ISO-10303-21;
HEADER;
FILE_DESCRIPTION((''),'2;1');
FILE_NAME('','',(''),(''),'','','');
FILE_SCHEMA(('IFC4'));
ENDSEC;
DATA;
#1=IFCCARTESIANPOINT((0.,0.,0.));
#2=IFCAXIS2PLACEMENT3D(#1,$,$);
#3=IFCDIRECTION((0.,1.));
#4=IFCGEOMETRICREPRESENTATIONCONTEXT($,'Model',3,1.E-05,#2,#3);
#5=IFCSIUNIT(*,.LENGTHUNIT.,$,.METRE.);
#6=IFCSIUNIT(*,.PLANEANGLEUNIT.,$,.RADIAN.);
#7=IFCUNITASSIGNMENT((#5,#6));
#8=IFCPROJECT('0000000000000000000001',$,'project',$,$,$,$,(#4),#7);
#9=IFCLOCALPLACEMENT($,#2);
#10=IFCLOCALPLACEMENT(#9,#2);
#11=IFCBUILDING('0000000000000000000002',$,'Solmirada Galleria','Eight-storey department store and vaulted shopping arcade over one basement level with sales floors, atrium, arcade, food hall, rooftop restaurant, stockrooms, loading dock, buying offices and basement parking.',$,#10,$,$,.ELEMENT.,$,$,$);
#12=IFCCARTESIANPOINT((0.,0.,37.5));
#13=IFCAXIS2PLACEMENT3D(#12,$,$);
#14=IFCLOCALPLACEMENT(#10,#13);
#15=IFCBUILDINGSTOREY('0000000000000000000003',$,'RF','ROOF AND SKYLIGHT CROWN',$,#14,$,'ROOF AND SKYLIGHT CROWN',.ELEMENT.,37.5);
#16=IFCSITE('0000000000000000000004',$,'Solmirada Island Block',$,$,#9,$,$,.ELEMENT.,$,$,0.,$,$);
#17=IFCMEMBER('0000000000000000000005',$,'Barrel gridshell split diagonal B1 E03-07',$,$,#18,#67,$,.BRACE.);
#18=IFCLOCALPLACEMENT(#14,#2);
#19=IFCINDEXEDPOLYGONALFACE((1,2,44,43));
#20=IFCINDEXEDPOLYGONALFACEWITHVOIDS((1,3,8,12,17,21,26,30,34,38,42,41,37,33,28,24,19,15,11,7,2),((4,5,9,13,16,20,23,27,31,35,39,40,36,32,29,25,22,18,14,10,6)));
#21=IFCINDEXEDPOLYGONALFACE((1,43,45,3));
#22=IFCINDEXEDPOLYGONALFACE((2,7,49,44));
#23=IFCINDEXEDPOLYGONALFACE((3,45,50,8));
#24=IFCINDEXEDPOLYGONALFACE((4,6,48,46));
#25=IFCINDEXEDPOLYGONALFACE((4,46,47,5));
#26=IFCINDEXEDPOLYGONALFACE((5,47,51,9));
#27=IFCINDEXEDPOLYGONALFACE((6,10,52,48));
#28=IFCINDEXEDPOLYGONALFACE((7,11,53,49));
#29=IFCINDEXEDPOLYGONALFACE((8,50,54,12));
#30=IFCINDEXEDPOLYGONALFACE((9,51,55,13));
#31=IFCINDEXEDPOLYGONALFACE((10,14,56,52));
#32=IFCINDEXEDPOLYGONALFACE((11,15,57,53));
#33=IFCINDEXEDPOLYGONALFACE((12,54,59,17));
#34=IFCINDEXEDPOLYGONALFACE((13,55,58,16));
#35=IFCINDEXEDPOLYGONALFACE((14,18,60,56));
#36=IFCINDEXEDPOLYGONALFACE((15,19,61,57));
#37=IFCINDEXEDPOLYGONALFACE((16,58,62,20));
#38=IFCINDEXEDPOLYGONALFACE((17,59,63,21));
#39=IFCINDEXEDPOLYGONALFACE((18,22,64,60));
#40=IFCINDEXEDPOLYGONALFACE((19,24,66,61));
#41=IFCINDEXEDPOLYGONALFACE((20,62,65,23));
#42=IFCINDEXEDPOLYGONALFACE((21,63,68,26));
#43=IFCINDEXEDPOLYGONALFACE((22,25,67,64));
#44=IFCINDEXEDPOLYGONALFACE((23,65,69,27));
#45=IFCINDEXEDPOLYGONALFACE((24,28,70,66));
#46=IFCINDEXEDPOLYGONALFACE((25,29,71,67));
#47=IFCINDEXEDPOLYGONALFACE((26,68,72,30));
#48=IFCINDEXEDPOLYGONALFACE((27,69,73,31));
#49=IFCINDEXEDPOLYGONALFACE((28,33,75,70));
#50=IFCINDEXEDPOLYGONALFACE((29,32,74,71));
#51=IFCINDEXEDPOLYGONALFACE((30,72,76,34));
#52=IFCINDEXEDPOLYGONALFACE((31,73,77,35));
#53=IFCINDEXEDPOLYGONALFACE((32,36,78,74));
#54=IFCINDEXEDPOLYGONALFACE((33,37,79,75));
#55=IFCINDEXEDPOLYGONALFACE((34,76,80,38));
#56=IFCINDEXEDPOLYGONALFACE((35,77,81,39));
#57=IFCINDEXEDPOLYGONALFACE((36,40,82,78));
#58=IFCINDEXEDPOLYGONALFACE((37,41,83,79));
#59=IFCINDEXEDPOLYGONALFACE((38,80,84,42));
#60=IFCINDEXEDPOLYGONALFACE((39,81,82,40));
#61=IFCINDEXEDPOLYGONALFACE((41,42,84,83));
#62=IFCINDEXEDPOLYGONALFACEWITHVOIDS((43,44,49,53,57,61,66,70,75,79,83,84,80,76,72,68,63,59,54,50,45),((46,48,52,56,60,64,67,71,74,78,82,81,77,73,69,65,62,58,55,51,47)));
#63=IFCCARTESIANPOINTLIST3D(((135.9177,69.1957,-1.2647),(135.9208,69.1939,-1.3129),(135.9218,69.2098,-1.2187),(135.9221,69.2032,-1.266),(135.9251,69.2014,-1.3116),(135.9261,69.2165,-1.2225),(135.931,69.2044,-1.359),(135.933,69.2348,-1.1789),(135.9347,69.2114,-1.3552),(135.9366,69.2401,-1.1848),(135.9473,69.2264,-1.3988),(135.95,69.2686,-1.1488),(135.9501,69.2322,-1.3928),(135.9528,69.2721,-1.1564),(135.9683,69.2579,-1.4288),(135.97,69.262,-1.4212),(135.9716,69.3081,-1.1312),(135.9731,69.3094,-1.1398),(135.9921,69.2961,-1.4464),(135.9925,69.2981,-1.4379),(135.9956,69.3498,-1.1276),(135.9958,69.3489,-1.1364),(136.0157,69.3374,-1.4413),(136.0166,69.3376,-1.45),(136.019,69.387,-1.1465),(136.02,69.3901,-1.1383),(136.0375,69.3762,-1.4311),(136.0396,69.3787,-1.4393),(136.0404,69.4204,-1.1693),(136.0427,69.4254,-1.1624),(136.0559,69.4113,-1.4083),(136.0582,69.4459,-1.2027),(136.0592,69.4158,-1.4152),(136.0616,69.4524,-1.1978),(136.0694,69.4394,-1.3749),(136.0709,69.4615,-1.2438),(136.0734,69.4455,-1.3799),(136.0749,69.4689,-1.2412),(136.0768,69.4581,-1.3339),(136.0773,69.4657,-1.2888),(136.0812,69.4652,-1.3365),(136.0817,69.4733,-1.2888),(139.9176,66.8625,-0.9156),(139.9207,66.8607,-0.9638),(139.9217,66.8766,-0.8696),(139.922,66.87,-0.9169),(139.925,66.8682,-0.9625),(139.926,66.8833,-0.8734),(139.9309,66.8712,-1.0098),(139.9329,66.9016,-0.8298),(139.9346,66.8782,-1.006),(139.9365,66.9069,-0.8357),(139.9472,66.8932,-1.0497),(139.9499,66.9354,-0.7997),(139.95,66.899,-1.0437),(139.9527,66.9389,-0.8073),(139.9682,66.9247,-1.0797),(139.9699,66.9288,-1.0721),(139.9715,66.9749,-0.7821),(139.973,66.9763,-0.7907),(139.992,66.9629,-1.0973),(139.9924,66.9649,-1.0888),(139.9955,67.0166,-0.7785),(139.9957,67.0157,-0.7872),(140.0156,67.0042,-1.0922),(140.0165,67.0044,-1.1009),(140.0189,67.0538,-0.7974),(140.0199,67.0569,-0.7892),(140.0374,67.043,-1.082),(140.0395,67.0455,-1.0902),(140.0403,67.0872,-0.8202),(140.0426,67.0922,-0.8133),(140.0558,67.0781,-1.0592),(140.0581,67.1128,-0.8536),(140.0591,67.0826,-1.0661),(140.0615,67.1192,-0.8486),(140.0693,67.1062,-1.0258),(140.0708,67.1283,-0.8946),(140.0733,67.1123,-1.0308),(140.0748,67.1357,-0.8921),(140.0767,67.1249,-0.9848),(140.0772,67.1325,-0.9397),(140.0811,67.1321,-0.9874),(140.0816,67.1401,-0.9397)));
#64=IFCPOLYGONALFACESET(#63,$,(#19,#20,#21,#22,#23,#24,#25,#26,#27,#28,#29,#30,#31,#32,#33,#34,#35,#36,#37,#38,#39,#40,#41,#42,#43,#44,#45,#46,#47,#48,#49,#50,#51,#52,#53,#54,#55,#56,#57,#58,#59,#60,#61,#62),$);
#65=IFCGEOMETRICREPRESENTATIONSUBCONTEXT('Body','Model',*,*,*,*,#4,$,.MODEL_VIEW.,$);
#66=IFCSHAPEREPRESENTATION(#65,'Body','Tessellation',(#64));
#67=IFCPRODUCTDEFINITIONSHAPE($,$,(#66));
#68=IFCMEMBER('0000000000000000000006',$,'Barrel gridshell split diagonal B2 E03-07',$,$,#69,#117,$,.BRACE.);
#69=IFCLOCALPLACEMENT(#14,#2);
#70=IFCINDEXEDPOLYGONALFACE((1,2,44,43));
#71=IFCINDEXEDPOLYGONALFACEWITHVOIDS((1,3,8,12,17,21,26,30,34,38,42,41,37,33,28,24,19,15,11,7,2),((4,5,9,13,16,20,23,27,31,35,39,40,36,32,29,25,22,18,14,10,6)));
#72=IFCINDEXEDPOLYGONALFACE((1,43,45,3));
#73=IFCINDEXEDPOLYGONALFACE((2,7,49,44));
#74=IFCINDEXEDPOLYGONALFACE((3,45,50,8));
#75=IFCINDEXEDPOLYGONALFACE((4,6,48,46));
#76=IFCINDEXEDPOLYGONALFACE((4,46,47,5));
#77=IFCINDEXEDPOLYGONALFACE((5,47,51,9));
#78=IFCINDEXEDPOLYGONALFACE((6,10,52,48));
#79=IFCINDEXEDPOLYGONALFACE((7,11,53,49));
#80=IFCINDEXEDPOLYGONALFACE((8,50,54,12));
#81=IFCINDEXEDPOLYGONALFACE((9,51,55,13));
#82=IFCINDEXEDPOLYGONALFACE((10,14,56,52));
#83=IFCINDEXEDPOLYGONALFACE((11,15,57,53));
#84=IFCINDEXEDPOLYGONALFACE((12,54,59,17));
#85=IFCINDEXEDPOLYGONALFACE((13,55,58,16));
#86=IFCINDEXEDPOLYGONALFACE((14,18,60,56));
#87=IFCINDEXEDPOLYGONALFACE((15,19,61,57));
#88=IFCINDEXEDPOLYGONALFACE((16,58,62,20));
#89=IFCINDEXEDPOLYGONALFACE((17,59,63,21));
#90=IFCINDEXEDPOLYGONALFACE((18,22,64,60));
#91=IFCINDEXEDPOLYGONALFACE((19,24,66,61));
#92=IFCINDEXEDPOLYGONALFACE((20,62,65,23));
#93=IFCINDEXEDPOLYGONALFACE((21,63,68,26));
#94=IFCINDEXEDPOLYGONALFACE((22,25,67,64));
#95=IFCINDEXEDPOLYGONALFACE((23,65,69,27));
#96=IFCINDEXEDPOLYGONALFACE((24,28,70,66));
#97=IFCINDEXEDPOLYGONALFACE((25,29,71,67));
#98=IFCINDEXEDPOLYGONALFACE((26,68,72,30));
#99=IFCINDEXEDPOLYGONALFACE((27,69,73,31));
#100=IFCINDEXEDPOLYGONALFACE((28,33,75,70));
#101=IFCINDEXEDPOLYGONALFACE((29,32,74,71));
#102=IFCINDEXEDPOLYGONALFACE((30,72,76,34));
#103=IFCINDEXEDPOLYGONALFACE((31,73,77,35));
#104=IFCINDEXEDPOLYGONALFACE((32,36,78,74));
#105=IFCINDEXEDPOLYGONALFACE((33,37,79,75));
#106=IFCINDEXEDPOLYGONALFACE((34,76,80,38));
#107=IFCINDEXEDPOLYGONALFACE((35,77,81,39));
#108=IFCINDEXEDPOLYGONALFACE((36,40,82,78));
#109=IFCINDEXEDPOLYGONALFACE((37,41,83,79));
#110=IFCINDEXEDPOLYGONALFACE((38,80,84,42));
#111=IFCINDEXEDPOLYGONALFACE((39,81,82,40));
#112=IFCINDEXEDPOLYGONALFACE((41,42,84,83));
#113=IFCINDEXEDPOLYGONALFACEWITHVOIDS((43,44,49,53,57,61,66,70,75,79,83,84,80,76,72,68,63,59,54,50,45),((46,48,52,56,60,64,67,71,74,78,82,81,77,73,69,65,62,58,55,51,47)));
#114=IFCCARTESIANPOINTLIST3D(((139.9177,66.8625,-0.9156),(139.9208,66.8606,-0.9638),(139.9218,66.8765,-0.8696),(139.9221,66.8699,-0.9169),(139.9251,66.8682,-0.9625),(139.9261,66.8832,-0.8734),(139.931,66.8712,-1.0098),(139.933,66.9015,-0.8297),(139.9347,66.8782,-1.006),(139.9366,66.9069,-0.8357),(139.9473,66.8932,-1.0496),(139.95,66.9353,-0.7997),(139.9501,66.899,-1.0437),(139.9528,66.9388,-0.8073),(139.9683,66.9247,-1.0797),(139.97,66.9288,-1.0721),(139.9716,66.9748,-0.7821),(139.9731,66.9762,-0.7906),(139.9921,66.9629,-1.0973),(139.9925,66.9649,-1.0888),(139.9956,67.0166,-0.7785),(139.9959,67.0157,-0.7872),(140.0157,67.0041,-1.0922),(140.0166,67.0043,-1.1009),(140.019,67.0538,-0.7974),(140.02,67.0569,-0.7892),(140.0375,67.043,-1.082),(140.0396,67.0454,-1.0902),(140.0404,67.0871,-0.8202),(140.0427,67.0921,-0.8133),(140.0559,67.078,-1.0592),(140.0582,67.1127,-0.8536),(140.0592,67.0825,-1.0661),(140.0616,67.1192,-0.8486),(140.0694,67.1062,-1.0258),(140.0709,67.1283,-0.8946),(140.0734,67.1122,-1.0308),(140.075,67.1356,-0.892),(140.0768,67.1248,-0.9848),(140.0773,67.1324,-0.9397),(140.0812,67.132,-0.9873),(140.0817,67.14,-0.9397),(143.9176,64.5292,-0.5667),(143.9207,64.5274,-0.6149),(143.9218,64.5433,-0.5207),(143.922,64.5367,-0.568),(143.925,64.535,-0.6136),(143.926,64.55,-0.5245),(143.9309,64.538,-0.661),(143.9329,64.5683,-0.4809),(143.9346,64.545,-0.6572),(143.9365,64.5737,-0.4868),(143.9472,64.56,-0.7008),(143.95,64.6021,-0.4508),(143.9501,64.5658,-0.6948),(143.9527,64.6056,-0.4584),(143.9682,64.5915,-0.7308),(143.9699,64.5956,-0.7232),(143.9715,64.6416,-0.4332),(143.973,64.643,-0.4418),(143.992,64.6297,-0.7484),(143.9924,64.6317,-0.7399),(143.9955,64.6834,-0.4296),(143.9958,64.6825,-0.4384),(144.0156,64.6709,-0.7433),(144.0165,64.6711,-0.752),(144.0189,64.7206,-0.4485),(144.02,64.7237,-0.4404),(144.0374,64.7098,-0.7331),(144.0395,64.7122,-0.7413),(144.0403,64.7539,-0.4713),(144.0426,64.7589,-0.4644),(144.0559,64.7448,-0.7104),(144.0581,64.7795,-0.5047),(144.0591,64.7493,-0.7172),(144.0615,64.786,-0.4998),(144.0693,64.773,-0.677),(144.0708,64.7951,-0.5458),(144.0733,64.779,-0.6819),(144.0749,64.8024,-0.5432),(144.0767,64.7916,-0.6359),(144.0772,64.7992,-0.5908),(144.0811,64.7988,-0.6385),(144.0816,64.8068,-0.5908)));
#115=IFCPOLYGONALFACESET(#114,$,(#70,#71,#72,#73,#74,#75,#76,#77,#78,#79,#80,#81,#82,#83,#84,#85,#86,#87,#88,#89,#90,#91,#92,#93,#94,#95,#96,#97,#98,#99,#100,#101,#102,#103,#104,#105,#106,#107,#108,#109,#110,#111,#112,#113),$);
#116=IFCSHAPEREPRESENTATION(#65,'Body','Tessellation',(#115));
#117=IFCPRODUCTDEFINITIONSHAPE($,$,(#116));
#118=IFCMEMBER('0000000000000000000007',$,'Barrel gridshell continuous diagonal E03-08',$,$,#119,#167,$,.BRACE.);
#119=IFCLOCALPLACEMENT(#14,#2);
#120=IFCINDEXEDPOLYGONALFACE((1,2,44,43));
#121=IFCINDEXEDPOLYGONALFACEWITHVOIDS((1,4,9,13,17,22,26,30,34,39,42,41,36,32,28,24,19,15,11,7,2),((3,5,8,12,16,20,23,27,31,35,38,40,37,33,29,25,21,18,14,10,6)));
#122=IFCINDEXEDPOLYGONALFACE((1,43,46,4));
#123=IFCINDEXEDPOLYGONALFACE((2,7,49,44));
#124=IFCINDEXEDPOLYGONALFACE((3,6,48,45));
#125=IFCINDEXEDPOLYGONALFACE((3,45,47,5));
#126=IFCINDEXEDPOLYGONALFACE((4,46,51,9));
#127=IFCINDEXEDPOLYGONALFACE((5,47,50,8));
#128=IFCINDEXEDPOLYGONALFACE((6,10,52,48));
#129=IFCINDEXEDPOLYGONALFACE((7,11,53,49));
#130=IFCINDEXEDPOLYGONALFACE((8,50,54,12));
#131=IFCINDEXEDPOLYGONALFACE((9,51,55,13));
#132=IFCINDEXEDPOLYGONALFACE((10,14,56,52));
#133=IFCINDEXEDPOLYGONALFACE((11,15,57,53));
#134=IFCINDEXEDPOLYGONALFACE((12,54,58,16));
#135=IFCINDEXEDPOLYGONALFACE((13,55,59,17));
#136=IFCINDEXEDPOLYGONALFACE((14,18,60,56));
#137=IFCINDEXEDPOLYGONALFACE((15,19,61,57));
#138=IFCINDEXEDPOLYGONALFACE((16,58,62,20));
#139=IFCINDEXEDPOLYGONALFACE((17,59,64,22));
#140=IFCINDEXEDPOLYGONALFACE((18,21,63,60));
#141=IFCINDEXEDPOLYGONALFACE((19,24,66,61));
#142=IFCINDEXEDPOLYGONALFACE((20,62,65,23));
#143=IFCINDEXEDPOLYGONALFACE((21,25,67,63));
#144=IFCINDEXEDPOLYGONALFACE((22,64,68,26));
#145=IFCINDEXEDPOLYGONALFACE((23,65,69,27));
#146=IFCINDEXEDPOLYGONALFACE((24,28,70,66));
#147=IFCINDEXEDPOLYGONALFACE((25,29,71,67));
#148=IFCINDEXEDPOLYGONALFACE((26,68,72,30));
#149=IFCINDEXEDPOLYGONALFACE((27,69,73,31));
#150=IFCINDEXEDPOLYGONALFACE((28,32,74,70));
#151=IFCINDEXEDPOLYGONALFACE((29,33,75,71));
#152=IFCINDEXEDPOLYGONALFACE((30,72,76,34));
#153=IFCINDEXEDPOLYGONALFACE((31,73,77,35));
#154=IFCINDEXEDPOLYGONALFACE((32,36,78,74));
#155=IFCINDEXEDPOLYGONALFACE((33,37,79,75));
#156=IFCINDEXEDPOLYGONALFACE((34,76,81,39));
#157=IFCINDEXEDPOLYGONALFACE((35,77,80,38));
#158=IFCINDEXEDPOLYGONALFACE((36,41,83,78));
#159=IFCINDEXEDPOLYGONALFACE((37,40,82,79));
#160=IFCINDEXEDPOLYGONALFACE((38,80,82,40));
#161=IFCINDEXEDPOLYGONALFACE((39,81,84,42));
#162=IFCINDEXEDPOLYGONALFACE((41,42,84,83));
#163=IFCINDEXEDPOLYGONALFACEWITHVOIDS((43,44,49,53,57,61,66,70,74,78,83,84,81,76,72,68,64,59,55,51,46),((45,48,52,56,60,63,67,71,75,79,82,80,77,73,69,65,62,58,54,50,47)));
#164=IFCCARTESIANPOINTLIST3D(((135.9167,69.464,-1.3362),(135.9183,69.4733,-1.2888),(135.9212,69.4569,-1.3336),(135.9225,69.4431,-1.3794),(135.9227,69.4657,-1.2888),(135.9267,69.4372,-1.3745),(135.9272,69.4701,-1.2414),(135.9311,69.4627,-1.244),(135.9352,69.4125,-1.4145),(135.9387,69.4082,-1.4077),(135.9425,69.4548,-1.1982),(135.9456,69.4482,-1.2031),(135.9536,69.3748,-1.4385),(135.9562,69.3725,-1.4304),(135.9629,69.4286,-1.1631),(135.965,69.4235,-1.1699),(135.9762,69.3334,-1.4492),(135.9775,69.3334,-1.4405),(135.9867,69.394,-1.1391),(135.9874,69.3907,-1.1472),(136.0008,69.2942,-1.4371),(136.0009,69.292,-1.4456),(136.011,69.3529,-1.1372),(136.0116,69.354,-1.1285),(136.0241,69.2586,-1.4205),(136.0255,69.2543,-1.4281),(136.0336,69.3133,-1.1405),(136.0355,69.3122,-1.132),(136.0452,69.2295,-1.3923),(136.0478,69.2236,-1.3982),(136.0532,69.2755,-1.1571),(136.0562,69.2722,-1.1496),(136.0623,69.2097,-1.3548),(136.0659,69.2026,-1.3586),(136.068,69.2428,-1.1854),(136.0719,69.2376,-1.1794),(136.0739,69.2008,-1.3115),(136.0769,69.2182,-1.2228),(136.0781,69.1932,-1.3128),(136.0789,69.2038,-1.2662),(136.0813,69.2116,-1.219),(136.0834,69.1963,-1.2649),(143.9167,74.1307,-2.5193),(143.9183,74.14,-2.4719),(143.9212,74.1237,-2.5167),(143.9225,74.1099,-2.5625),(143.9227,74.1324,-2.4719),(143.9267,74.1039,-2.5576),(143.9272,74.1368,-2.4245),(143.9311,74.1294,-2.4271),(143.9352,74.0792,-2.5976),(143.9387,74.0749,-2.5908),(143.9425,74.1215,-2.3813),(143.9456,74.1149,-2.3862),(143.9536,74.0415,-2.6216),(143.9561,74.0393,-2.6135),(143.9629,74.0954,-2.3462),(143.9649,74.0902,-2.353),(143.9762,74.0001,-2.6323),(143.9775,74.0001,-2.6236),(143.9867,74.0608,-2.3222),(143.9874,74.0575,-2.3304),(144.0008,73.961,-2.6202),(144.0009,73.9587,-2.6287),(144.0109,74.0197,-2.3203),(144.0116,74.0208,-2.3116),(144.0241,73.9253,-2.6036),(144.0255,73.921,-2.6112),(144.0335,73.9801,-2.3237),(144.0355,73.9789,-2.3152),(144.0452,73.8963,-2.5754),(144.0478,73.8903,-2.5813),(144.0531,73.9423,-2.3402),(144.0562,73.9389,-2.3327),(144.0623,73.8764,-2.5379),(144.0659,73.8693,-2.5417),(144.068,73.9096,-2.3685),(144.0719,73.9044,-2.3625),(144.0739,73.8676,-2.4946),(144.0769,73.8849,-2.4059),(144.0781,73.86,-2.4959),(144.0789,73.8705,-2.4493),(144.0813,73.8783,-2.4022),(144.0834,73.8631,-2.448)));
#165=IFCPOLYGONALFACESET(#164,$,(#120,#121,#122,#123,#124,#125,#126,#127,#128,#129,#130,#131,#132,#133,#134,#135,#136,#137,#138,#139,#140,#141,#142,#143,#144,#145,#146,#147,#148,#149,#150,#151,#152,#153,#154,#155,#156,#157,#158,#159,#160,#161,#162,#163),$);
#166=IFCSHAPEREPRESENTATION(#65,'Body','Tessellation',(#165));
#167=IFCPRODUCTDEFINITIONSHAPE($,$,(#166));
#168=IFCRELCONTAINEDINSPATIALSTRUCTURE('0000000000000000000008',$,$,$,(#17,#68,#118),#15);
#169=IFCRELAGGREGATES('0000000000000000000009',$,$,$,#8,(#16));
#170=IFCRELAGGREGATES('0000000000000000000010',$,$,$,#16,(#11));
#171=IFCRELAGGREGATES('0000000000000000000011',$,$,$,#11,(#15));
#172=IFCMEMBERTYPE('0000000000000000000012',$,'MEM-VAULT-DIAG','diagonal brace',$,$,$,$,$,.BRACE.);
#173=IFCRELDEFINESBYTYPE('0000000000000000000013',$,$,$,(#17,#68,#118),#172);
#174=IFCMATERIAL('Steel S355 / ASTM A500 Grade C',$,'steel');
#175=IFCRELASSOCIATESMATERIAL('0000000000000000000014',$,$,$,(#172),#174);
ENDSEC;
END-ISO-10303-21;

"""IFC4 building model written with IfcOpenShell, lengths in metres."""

from ifc_helpers import new_model, si_unit, direction, frame, origin, origin_2d, place, context, subcontext, project, spatial, hollow_circle, extrude, material, material_profile, profile_set, type_object, element, save


model = new_model("IFC4")

# Units and contexts
model_context = context("Model", 3, precision=1e-05, world=origin(), true_north=direction((0.0, 1.0)))
body_context = subcontext(model_context, "Body", "Model", "MODEL_VIEW")
ifc_project = project(units=[si_unit("LENGTHUNIT", "METRE"), si_unit("PLANEANGLEUNIT", "RADIAN")], contexts=[model_context])

# Site, building, storey
site_placement = place(None, origin())
site = spatial("IfcSite", under=ifc_project, at=site_placement, Name="Solmirada Island Block", CompositionType="ELEMENT", RefElevation=0.0)
building_placement = place(site_placement, origin())
building = spatial("IfcBuilding", under=site, at=building_placement, Name="Solmirada Galleria", Description="Eight-storey department store and vaulted shopping arcade over one basement level with sales floors, atrium, arcade, food hall, rooftop restaurant, stockrooms, loading dock, buying offices and basement parking.", CompositionType="ELEMENT")
storey_placement = place(building_placement, frame((0.0, 0.0, 37.5)))
storey = spatial("IfcBuildingStorey", under=building, at=storey_placement, Name="RF", Description="ROOF AND SKYLIGHT CROWN", LongName="ROOF AND SKYLIGHT CROWN", CompositionType="ELEMENT", Elevation=37.5)

# Members
ifc_material_1 = material(Name="Steel S355 / ASTM A500 Grade C", Category="steel")
ifc_material_profile_1 = material_profile(ifc_material_1, hollow_circle(Radius=0.1621, WallThickness=0.0088, at=origin_2d()), Name="HSS12.750X0.375")
ifc_profile_set_1 = profile_set([ifc_material_profile_1], Name="Steel S355 / ASTM A500 Grade C")
member_type_1 = type_object("IfcMemberType", Name="MEM-VAULT-DIAG", Description="diagonal brace", PredefinedType="BRACE", material=ifc_profile_set_1)
for number, where, z_axis, x_axis, name in (
    (1, (136.0, 69.3333, -1.2888), (0.861342, -0.502432, 0.075178), (0.503858, 0.863787, 0.0), "Barrel gridshell split diagonal B1 E03-07"),
    (2, (140.0, 67.0, -0.9397), (0.861346, -0.502434, 0.075126), (0.503858, 0.863787, 0.0), "Barrel gridshell split diagonal B2 E03-07"),
):
    element("IfcMember", number, at=place(storey_placement, frame(where, z_axis=z_axis, x_axis=x_axis)), inside=storey, type_object=member_type_1, Name=name, PredefinedType="BRACE", context=body_context, shape_type="SweptSolid", body=[
        extrude(hollow_circle(Radius=0.1621, WallThickness=0.0088, at=origin_2d()), origin(), (0.0, 0.0, 1.0), 4.6438),
    ])
member_1_placement = place(storey_placement, frame((136.0, 69.3333, -1.2888), z_axis=(0.856813, 0.499816, -0.126712), x_axis=(-0.503878, 0.863775, 0.0)))
element("IfcMember", 3, at=member_1_placement, inside=storey, type_object=member_type_1, Name="Barrel gridshell continuous diagonal E03-08", PredefinedType="BRACE", context=body_context, shape_type="SweptSolid", body=[
    extrude(hollow_circle(Radius=0.1621, WallThickness=0.0088, at=origin_2d()), origin(), (0.0, 0.0, 1.0), 9.3369),
])

save(model, "model.ifc")
